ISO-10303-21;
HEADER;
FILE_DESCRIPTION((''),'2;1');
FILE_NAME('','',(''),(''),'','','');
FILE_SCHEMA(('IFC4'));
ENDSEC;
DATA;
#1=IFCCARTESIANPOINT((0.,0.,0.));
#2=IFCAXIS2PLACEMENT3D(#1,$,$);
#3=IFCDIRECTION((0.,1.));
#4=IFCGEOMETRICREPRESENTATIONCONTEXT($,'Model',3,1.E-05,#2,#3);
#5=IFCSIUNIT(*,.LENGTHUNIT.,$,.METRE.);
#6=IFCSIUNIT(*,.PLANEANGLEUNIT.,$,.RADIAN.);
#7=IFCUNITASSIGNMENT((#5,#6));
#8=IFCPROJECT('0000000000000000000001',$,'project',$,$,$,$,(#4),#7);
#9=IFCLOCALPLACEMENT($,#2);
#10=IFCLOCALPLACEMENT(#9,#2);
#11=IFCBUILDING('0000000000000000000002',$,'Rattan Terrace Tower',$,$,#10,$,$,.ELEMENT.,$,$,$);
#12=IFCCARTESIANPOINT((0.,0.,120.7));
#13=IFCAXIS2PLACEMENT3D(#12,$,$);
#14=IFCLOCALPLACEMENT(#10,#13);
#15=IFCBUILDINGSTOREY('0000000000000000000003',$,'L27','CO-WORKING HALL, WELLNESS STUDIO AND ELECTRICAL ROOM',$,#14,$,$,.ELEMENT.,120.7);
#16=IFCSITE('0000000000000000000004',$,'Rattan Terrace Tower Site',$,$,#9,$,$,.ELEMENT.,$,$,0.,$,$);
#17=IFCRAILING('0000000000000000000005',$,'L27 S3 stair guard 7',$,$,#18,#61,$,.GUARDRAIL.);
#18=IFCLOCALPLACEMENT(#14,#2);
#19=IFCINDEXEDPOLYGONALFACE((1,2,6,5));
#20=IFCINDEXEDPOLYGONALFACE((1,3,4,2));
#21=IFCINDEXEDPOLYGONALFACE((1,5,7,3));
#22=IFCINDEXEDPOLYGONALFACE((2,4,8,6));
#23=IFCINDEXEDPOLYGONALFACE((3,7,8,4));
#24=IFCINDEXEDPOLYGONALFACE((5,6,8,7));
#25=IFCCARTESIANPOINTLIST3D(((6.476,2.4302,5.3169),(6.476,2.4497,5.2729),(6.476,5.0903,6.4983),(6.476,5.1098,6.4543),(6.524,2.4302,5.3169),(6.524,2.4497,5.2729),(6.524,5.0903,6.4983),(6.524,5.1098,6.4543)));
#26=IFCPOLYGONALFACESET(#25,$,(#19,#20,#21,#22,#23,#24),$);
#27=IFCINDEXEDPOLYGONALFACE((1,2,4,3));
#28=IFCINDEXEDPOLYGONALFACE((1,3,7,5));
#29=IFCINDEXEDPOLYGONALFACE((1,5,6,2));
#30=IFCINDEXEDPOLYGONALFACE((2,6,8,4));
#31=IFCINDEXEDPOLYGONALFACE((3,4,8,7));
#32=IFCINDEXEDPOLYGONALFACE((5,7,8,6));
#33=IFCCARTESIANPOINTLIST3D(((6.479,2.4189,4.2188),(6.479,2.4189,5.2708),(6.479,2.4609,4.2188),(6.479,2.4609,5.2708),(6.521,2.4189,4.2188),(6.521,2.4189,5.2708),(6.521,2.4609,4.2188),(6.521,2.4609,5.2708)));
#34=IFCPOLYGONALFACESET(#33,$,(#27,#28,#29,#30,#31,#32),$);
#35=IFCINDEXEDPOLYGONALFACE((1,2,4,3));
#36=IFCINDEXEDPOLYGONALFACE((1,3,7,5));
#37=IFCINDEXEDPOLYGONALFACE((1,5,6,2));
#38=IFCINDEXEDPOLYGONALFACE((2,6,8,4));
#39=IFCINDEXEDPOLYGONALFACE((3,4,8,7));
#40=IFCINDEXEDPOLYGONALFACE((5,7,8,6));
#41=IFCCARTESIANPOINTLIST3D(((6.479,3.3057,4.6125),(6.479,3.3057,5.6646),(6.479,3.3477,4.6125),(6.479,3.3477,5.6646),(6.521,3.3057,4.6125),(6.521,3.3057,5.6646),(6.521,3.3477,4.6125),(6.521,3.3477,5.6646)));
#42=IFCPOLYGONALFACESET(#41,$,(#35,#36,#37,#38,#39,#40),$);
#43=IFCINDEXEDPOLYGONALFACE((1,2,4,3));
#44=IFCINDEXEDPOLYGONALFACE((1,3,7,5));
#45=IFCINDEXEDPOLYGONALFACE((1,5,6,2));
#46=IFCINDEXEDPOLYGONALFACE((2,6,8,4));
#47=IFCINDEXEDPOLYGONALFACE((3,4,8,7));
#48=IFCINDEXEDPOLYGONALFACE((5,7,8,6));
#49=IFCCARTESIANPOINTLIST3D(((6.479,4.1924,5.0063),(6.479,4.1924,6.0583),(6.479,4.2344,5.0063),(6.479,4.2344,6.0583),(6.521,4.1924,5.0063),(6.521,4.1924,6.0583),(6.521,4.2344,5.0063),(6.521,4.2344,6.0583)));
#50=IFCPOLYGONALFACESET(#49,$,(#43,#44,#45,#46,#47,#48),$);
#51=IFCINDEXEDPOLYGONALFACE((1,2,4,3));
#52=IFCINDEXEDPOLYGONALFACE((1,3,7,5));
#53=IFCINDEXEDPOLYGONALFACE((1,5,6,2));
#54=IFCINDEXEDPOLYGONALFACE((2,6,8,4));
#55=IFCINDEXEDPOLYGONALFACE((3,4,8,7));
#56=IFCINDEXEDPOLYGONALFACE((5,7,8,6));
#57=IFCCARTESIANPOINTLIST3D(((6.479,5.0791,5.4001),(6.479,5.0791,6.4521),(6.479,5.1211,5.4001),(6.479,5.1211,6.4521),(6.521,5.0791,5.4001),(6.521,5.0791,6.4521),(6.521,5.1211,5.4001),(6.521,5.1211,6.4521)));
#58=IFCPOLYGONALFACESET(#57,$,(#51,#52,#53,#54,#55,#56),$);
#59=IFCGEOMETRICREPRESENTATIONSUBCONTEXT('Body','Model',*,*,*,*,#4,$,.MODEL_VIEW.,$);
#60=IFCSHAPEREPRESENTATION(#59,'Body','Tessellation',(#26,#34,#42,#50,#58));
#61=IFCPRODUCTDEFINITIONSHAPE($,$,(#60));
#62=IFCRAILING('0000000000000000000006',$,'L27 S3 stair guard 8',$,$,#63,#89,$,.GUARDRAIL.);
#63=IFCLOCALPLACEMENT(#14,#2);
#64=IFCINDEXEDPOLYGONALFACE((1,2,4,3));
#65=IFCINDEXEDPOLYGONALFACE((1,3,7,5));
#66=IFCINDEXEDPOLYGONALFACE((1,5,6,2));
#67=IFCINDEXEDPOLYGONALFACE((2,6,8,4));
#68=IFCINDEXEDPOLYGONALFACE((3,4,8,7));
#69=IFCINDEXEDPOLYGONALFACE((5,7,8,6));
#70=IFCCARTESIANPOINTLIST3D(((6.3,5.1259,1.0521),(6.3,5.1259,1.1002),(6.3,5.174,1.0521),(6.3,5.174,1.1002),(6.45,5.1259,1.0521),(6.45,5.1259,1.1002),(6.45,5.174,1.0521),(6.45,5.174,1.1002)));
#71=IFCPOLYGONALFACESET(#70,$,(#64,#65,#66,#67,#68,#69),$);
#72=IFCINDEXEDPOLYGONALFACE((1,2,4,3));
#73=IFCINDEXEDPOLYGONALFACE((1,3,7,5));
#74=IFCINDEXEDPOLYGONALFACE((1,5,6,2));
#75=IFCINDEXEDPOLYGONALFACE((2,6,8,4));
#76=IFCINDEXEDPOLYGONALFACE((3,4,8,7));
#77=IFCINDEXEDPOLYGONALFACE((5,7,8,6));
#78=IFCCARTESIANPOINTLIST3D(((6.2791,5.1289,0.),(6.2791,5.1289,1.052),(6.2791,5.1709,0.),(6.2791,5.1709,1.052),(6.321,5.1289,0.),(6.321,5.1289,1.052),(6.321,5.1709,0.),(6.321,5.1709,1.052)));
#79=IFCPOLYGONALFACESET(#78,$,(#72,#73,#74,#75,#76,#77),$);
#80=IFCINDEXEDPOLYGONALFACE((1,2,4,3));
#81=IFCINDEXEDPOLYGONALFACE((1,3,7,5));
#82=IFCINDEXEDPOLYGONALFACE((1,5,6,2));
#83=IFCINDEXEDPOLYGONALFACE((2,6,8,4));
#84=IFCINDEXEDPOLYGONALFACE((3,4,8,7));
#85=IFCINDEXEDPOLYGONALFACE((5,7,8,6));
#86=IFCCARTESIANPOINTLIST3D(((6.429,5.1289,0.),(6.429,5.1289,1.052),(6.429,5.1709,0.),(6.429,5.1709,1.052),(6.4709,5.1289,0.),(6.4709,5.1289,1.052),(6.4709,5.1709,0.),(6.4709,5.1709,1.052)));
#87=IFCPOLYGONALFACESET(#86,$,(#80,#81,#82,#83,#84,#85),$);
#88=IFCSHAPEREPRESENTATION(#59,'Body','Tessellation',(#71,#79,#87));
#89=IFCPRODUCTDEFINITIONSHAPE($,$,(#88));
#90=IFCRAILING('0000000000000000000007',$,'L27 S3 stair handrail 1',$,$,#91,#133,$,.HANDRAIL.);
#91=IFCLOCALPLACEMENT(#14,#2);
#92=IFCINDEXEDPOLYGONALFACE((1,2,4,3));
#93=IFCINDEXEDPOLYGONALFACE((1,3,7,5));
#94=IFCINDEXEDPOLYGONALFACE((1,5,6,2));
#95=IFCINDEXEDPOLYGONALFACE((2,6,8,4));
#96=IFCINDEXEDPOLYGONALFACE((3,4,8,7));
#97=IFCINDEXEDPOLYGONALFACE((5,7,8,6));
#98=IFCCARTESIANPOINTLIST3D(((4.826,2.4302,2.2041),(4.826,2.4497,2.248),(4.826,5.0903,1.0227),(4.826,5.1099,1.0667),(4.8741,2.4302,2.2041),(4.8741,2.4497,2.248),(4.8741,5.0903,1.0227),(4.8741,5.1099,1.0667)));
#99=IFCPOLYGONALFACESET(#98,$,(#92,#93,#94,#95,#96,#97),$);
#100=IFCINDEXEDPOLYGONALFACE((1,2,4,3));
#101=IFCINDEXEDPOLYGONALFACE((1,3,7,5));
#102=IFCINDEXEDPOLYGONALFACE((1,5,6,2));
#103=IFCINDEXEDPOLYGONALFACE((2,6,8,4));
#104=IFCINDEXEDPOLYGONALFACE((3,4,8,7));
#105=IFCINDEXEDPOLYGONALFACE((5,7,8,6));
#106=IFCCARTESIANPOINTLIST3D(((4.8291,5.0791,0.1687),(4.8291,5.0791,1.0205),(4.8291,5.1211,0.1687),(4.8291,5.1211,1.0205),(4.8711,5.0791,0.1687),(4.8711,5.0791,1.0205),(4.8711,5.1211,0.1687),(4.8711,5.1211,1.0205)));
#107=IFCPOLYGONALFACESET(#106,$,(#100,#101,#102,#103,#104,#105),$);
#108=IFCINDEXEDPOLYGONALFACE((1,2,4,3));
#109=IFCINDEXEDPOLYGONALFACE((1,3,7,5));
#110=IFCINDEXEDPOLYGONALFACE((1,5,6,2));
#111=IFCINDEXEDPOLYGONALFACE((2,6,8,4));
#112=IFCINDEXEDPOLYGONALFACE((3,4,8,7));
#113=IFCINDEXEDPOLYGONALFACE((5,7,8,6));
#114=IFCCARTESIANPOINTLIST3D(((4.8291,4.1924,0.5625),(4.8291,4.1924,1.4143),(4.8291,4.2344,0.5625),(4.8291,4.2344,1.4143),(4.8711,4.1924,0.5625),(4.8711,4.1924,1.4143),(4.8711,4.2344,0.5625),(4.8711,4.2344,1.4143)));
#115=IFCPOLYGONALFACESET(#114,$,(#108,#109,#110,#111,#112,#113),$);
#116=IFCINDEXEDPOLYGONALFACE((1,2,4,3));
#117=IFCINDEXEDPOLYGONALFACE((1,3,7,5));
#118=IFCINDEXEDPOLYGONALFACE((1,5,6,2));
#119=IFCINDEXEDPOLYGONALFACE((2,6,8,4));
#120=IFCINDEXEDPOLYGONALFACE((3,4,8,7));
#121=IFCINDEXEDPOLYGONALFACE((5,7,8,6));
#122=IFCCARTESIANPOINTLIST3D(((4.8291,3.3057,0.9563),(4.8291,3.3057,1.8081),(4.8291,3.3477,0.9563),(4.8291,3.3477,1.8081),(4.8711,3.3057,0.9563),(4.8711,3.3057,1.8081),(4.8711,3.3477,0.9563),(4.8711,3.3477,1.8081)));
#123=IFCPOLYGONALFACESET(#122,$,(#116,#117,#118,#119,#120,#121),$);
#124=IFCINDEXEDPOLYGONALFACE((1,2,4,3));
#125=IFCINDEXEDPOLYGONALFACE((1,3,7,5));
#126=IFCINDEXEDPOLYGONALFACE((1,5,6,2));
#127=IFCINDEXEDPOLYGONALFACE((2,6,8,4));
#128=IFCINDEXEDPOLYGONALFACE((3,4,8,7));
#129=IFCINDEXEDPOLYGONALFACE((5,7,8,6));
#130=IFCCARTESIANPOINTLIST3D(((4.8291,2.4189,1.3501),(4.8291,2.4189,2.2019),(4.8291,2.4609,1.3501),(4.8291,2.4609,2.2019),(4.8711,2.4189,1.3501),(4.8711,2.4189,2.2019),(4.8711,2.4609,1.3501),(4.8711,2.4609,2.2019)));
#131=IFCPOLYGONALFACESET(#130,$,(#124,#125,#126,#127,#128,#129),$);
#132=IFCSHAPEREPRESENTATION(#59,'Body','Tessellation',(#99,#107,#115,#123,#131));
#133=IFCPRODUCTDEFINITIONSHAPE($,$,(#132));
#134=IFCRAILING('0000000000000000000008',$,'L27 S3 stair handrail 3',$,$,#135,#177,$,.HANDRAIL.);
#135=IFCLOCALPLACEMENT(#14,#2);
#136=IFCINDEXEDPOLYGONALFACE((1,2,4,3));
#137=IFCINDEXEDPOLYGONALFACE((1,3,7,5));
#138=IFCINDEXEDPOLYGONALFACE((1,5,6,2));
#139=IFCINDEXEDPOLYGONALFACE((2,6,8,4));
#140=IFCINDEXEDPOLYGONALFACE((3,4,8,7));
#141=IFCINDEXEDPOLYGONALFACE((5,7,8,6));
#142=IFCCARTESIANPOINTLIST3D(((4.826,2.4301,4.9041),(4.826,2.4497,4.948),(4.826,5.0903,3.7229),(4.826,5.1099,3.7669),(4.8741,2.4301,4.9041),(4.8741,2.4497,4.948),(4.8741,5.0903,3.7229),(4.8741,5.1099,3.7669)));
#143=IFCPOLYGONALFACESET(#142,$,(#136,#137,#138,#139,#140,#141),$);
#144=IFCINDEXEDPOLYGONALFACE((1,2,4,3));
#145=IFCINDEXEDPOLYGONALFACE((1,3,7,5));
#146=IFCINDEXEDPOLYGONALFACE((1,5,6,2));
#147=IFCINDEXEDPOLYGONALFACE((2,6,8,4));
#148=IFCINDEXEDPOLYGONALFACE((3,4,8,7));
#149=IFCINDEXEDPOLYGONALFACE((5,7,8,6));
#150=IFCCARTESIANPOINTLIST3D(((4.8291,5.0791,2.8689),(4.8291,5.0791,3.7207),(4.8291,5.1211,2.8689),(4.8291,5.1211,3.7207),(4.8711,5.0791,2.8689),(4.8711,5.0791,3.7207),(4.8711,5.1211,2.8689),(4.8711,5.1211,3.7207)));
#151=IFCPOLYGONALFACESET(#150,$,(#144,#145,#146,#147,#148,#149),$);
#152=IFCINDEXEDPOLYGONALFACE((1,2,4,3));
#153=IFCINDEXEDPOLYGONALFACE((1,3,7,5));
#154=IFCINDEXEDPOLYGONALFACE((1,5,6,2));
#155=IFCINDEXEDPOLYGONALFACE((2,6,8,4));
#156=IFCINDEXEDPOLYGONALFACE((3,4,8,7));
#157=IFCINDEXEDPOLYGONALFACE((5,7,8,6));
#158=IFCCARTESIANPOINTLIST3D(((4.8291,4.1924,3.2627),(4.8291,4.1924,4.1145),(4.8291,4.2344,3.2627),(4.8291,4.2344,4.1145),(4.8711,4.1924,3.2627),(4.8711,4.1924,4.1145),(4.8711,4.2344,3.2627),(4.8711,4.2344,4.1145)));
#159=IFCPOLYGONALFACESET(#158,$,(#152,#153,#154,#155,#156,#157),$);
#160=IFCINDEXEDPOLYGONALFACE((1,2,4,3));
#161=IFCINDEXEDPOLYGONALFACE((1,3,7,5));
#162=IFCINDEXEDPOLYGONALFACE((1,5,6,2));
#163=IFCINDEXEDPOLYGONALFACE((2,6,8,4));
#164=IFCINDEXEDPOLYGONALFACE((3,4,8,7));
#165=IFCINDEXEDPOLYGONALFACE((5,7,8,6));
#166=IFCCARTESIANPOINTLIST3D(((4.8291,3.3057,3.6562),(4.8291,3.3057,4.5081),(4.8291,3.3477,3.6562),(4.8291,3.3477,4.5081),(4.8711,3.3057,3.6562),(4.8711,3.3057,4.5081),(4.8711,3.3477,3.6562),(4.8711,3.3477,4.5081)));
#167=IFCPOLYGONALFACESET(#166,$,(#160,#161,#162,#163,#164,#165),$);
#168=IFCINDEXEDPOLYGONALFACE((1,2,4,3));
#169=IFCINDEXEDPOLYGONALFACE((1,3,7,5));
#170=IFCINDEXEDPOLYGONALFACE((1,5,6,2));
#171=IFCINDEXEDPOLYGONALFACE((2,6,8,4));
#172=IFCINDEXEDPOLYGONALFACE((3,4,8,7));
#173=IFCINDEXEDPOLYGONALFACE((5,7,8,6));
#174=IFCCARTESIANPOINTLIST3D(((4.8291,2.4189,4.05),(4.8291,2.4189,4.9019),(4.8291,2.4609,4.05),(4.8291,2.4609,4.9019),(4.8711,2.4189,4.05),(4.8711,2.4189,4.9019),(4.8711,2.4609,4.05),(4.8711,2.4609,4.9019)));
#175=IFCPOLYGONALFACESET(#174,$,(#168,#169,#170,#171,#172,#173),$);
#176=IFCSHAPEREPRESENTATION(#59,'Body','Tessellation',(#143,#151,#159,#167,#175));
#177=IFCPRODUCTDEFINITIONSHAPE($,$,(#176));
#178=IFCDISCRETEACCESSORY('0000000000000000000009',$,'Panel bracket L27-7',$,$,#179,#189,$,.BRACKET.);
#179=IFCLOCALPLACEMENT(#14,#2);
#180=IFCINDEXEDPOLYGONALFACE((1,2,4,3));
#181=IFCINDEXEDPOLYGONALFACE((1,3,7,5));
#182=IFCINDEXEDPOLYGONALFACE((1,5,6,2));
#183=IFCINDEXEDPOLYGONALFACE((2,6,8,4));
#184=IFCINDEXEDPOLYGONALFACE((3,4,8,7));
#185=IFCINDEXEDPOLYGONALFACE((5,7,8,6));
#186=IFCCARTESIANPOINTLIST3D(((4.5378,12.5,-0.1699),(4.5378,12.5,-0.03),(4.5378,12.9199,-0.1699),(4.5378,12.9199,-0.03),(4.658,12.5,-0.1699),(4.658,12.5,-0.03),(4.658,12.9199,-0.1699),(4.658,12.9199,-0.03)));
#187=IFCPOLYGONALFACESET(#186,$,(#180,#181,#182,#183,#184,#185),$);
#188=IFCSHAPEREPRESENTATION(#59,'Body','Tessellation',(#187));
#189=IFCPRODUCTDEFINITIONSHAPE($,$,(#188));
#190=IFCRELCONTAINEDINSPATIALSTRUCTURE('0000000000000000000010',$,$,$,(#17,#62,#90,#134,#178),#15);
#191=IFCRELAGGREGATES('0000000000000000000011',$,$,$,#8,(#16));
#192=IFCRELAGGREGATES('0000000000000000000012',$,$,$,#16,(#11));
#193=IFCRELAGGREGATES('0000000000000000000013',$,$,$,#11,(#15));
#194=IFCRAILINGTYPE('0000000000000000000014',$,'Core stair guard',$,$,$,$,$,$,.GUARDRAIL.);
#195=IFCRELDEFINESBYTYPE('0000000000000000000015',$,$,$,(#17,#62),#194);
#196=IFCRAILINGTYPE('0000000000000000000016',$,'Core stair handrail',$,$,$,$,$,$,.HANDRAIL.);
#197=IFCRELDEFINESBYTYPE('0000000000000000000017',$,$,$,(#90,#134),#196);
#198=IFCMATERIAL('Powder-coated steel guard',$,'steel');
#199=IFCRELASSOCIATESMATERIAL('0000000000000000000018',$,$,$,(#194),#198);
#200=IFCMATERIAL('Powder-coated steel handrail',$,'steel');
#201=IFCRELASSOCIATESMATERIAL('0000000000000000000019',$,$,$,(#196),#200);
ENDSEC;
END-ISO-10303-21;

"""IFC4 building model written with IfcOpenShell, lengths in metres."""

from ifc_helpers import new_model, si_unit, direction, frame, origin, origin_2d, place, context, subcontext, project, spatial, rectangle, extrude, material, type_object, element, save


model = new_model("IFC4")

# Units and contexts
model_context = context("Model", 3, precision=1e-05, world=origin(), true_north=direction((0.0, 1.0)))
body_context = subcontext(model_context, "Body", "Model", "MODEL_VIEW")
ifc_project = project(units=[si_unit("LENGTHUNIT", "METRE"), si_unit("PLANEANGLEUNIT", "RADIAN")], contexts=[model_context])

# Site, building, storey
site_placement = place(None, origin())
site = spatial("IfcSite", under=ifc_project, at=site_placement, Name="Rattan Terrace Tower Site", CompositionType="ELEMENT", RefElevation=0.0)
building_placement = place(site_placement, origin())
building = spatial("IfcBuilding", under=site, at=building_placement, Name="Rattan Terrace Tower", CompositionType="ELEMENT")
storey_placement = place(building_placement, frame((0.0, 0.0, 120.7)))
storey = spatial("IfcBuildingStorey", under=building, at=storey_placement, Name="L27", Description="CO-WORKING HALL, WELLNESS STUDIO AND ELECTRICAL ROOM", CompositionType="ELEMENT", Elevation=120.7)

# Railings
ifc_material_1 = material(Name="Powder-coated steel guard", Category="steel")
railing_type_1 = type_object("IfcRailingType", Name="Core stair guard", PredefinedType="GUARDRAIL", material=ifc_material_1)
railing_1_placement = place(storey_placement, frame((6.5, 2.4399, 4.2188)))
element("IfcRailing", 1, at=railing_1_placement, inside=storey, type_object=railing_type_1, Name="L27 S3 stair guard 7", PredefinedType="GUARDRAIL", context=body_context, shape_type="SweptSolid", body=[
    extrude(rectangle(XDim=0.0481, YDim=0.0481, at=origin_2d()), frame((0.0, 0.0, 1.0762), z_axis=(0.0, 0.913926, 0.405882), x_axis=(-1.0, 0.0, 0.0)), (0.0, 0.0, 1.0), 2.9106),
    extrude(rectangle(XDim=0.042, YDim=0.042, at=origin_2d()), origin(), (0.0, 0.0, 1.0), 1.052),
    extrude(rectangle(XDim=0.042, YDim=0.042, at=origin_2d()), frame((0.0, 0.8867, 0.3938)), (0.0, 0.0, 1.0), 1.052),
    extrude(rectangle(XDim=0.042, YDim=0.042, at=origin_2d()), frame((0.0, 1.7734, 0.7876)), (0.0, 0.0, 1.0), 1.052),
    extrude(rectangle(XDim=0.042, YDim=0.042, at=origin_2d()), frame((0.0, 2.6602, 1.1814)), (0.0, 0.0, 1.0), 1.052),
])
railing_2_placement = place(storey_placement, frame((6.3, 5.1499, 0.0)))
element("IfcRailing", 2, at=railing_2_placement, inside=storey, type_object=railing_type_1, Name="L27 S3 stair guard 8", PredefinedType="GUARDRAIL", context=body_context, shape_type="SweptSolid", body=[
    extrude(rectangle(XDim=0.0481, YDim=0.0481, at=origin_2d()), frame((0.0, 0.0, 1.0762), z_axis=(1.0, 0.0, 0.0), x_axis=(0.0, 1.0, 0.0)), (0.0, 0.0, 1.0), 0.1499),
    extrude(rectangle(XDim=0.042, YDim=0.042, at=origin_2d()), origin(), (0.0, 0.0, 1.0), 1.052),
    extrude(rectangle(XDim=0.042, YDim=0.042, at=origin_2d()), frame((0.1499, 0.0, 0.0)), (0.0, 0.0, 1.0), 1.052),
])
ifc_material_2 = material(Name="Powder-coated steel handrail", Category="steel")
railing_type_2 = type_object("IfcRailingType", Name="Core stair handrail", PredefinedType="HANDRAIL", material=ifc_material_2)
railing_3_placement = place(storey_placement, frame((4.8501, 5.1001, 0.1687)))
element("IfcRailing", 3, at=railing_3_placement, inside=storey, type_object=railing_type_2, Name="L27 S3 stair handrail 1", PredefinedType="HANDRAIL", context=body_context, shape_type="SweptSolid", body=[
    extrude(rectangle(XDim=0.0481, YDim=0.0481, at=origin_2d()), frame((0.0, 0.0, 0.876), z_axis=(0.0, -0.913926, 0.405882), x_axis=(1.0, 0.0, 0.0)), (0.0, 0.0, 1.0), 2.9106),
    extrude(rectangle(XDim=0.042, YDim=0.042, at=origin_2d()), origin(), (0.0, 0.0, 1.0), 0.8518),
    extrude(rectangle(XDim=0.042, YDim=0.042, at=origin_2d()), frame((0.0, -0.8867, 0.3938)), (0.0, 0.0, 1.0), 0.8518),
    extrude(rectangle(XDim=0.042, YDim=0.042, at=origin_2d()), frame((0.0, -1.7734, 0.7876)), (0.0, 0.0, 1.0), 0.8518),
    extrude(rectangle(XDim=0.042, YDim=0.042, at=origin_2d()), frame((0.0, -2.6602, 1.1814)), (0.0, 0.0, 1.0), 0.8518),
])
railing_4_placement = place(storey_placement, frame((4.8501, 5.1001, 2.8689)))
element("IfcRailing", 4, at=railing_4_placement, inside=storey, type_object=railing_type_2, Name="L27 S3 stair handrail 3", PredefinedType="HANDRAIL", context=body_context, shape_type="SweptSolid", body=[
    extrude(rectangle(XDim=0.0481, YDim=0.0481, at=origin_2d()), frame((0.0, 0.0, 0.876), z_axis=(0.0, -0.913957, 0.405812), x_axis=(1.0, 0.0, 0.0)), (0.0, 0.0, 1.0), 2.9106),
    extrude(rectangle(XDim=0.042, YDim=0.042, at=origin_2d()), origin(), (0.0, 0.0, 1.0), 0.8518),
    extrude(rectangle(XDim=0.042, YDim=0.042, at=origin_2d()), frame((0.0, -0.8867, 0.3938)), (0.0, 0.0, 1.0), 0.8518),
    extrude(rectangle(XDim=0.042, YDim=0.042, at=origin_2d()), frame((0.0, -1.7734, 0.7874)), (0.0, 0.0, 1.0), 0.8518),
    extrude(rectangle(XDim=0.042, YDim=0.042, at=origin_2d()), frame((0.0, -2.6602, 1.1812)), (0.0, 0.0, 1.0), 0.8518),
])

# Discrete accessory
discrete_accessory_placement = place(storey_placement, frame((4.5979, 12.71, -0.1699), z_axis=(0.0, 0.0, 1.0), x_axis=(-1.0, 0.0, 0.0)))
element("IfcDiscreteAccessory", 5, at=discrete_accessory_placement, inside=storey, Name="Panel bracket L27-7", PredefinedType="BRACKET", context=body_context, shape_type="SweptSolid", body=[
    extrude(rectangle(XDim=0.1201, YDim=0.4199, at=origin_2d()), origin(), (0.0, 0.0, 1.0), 0.1399),
])

save(model, "model.ifc")
